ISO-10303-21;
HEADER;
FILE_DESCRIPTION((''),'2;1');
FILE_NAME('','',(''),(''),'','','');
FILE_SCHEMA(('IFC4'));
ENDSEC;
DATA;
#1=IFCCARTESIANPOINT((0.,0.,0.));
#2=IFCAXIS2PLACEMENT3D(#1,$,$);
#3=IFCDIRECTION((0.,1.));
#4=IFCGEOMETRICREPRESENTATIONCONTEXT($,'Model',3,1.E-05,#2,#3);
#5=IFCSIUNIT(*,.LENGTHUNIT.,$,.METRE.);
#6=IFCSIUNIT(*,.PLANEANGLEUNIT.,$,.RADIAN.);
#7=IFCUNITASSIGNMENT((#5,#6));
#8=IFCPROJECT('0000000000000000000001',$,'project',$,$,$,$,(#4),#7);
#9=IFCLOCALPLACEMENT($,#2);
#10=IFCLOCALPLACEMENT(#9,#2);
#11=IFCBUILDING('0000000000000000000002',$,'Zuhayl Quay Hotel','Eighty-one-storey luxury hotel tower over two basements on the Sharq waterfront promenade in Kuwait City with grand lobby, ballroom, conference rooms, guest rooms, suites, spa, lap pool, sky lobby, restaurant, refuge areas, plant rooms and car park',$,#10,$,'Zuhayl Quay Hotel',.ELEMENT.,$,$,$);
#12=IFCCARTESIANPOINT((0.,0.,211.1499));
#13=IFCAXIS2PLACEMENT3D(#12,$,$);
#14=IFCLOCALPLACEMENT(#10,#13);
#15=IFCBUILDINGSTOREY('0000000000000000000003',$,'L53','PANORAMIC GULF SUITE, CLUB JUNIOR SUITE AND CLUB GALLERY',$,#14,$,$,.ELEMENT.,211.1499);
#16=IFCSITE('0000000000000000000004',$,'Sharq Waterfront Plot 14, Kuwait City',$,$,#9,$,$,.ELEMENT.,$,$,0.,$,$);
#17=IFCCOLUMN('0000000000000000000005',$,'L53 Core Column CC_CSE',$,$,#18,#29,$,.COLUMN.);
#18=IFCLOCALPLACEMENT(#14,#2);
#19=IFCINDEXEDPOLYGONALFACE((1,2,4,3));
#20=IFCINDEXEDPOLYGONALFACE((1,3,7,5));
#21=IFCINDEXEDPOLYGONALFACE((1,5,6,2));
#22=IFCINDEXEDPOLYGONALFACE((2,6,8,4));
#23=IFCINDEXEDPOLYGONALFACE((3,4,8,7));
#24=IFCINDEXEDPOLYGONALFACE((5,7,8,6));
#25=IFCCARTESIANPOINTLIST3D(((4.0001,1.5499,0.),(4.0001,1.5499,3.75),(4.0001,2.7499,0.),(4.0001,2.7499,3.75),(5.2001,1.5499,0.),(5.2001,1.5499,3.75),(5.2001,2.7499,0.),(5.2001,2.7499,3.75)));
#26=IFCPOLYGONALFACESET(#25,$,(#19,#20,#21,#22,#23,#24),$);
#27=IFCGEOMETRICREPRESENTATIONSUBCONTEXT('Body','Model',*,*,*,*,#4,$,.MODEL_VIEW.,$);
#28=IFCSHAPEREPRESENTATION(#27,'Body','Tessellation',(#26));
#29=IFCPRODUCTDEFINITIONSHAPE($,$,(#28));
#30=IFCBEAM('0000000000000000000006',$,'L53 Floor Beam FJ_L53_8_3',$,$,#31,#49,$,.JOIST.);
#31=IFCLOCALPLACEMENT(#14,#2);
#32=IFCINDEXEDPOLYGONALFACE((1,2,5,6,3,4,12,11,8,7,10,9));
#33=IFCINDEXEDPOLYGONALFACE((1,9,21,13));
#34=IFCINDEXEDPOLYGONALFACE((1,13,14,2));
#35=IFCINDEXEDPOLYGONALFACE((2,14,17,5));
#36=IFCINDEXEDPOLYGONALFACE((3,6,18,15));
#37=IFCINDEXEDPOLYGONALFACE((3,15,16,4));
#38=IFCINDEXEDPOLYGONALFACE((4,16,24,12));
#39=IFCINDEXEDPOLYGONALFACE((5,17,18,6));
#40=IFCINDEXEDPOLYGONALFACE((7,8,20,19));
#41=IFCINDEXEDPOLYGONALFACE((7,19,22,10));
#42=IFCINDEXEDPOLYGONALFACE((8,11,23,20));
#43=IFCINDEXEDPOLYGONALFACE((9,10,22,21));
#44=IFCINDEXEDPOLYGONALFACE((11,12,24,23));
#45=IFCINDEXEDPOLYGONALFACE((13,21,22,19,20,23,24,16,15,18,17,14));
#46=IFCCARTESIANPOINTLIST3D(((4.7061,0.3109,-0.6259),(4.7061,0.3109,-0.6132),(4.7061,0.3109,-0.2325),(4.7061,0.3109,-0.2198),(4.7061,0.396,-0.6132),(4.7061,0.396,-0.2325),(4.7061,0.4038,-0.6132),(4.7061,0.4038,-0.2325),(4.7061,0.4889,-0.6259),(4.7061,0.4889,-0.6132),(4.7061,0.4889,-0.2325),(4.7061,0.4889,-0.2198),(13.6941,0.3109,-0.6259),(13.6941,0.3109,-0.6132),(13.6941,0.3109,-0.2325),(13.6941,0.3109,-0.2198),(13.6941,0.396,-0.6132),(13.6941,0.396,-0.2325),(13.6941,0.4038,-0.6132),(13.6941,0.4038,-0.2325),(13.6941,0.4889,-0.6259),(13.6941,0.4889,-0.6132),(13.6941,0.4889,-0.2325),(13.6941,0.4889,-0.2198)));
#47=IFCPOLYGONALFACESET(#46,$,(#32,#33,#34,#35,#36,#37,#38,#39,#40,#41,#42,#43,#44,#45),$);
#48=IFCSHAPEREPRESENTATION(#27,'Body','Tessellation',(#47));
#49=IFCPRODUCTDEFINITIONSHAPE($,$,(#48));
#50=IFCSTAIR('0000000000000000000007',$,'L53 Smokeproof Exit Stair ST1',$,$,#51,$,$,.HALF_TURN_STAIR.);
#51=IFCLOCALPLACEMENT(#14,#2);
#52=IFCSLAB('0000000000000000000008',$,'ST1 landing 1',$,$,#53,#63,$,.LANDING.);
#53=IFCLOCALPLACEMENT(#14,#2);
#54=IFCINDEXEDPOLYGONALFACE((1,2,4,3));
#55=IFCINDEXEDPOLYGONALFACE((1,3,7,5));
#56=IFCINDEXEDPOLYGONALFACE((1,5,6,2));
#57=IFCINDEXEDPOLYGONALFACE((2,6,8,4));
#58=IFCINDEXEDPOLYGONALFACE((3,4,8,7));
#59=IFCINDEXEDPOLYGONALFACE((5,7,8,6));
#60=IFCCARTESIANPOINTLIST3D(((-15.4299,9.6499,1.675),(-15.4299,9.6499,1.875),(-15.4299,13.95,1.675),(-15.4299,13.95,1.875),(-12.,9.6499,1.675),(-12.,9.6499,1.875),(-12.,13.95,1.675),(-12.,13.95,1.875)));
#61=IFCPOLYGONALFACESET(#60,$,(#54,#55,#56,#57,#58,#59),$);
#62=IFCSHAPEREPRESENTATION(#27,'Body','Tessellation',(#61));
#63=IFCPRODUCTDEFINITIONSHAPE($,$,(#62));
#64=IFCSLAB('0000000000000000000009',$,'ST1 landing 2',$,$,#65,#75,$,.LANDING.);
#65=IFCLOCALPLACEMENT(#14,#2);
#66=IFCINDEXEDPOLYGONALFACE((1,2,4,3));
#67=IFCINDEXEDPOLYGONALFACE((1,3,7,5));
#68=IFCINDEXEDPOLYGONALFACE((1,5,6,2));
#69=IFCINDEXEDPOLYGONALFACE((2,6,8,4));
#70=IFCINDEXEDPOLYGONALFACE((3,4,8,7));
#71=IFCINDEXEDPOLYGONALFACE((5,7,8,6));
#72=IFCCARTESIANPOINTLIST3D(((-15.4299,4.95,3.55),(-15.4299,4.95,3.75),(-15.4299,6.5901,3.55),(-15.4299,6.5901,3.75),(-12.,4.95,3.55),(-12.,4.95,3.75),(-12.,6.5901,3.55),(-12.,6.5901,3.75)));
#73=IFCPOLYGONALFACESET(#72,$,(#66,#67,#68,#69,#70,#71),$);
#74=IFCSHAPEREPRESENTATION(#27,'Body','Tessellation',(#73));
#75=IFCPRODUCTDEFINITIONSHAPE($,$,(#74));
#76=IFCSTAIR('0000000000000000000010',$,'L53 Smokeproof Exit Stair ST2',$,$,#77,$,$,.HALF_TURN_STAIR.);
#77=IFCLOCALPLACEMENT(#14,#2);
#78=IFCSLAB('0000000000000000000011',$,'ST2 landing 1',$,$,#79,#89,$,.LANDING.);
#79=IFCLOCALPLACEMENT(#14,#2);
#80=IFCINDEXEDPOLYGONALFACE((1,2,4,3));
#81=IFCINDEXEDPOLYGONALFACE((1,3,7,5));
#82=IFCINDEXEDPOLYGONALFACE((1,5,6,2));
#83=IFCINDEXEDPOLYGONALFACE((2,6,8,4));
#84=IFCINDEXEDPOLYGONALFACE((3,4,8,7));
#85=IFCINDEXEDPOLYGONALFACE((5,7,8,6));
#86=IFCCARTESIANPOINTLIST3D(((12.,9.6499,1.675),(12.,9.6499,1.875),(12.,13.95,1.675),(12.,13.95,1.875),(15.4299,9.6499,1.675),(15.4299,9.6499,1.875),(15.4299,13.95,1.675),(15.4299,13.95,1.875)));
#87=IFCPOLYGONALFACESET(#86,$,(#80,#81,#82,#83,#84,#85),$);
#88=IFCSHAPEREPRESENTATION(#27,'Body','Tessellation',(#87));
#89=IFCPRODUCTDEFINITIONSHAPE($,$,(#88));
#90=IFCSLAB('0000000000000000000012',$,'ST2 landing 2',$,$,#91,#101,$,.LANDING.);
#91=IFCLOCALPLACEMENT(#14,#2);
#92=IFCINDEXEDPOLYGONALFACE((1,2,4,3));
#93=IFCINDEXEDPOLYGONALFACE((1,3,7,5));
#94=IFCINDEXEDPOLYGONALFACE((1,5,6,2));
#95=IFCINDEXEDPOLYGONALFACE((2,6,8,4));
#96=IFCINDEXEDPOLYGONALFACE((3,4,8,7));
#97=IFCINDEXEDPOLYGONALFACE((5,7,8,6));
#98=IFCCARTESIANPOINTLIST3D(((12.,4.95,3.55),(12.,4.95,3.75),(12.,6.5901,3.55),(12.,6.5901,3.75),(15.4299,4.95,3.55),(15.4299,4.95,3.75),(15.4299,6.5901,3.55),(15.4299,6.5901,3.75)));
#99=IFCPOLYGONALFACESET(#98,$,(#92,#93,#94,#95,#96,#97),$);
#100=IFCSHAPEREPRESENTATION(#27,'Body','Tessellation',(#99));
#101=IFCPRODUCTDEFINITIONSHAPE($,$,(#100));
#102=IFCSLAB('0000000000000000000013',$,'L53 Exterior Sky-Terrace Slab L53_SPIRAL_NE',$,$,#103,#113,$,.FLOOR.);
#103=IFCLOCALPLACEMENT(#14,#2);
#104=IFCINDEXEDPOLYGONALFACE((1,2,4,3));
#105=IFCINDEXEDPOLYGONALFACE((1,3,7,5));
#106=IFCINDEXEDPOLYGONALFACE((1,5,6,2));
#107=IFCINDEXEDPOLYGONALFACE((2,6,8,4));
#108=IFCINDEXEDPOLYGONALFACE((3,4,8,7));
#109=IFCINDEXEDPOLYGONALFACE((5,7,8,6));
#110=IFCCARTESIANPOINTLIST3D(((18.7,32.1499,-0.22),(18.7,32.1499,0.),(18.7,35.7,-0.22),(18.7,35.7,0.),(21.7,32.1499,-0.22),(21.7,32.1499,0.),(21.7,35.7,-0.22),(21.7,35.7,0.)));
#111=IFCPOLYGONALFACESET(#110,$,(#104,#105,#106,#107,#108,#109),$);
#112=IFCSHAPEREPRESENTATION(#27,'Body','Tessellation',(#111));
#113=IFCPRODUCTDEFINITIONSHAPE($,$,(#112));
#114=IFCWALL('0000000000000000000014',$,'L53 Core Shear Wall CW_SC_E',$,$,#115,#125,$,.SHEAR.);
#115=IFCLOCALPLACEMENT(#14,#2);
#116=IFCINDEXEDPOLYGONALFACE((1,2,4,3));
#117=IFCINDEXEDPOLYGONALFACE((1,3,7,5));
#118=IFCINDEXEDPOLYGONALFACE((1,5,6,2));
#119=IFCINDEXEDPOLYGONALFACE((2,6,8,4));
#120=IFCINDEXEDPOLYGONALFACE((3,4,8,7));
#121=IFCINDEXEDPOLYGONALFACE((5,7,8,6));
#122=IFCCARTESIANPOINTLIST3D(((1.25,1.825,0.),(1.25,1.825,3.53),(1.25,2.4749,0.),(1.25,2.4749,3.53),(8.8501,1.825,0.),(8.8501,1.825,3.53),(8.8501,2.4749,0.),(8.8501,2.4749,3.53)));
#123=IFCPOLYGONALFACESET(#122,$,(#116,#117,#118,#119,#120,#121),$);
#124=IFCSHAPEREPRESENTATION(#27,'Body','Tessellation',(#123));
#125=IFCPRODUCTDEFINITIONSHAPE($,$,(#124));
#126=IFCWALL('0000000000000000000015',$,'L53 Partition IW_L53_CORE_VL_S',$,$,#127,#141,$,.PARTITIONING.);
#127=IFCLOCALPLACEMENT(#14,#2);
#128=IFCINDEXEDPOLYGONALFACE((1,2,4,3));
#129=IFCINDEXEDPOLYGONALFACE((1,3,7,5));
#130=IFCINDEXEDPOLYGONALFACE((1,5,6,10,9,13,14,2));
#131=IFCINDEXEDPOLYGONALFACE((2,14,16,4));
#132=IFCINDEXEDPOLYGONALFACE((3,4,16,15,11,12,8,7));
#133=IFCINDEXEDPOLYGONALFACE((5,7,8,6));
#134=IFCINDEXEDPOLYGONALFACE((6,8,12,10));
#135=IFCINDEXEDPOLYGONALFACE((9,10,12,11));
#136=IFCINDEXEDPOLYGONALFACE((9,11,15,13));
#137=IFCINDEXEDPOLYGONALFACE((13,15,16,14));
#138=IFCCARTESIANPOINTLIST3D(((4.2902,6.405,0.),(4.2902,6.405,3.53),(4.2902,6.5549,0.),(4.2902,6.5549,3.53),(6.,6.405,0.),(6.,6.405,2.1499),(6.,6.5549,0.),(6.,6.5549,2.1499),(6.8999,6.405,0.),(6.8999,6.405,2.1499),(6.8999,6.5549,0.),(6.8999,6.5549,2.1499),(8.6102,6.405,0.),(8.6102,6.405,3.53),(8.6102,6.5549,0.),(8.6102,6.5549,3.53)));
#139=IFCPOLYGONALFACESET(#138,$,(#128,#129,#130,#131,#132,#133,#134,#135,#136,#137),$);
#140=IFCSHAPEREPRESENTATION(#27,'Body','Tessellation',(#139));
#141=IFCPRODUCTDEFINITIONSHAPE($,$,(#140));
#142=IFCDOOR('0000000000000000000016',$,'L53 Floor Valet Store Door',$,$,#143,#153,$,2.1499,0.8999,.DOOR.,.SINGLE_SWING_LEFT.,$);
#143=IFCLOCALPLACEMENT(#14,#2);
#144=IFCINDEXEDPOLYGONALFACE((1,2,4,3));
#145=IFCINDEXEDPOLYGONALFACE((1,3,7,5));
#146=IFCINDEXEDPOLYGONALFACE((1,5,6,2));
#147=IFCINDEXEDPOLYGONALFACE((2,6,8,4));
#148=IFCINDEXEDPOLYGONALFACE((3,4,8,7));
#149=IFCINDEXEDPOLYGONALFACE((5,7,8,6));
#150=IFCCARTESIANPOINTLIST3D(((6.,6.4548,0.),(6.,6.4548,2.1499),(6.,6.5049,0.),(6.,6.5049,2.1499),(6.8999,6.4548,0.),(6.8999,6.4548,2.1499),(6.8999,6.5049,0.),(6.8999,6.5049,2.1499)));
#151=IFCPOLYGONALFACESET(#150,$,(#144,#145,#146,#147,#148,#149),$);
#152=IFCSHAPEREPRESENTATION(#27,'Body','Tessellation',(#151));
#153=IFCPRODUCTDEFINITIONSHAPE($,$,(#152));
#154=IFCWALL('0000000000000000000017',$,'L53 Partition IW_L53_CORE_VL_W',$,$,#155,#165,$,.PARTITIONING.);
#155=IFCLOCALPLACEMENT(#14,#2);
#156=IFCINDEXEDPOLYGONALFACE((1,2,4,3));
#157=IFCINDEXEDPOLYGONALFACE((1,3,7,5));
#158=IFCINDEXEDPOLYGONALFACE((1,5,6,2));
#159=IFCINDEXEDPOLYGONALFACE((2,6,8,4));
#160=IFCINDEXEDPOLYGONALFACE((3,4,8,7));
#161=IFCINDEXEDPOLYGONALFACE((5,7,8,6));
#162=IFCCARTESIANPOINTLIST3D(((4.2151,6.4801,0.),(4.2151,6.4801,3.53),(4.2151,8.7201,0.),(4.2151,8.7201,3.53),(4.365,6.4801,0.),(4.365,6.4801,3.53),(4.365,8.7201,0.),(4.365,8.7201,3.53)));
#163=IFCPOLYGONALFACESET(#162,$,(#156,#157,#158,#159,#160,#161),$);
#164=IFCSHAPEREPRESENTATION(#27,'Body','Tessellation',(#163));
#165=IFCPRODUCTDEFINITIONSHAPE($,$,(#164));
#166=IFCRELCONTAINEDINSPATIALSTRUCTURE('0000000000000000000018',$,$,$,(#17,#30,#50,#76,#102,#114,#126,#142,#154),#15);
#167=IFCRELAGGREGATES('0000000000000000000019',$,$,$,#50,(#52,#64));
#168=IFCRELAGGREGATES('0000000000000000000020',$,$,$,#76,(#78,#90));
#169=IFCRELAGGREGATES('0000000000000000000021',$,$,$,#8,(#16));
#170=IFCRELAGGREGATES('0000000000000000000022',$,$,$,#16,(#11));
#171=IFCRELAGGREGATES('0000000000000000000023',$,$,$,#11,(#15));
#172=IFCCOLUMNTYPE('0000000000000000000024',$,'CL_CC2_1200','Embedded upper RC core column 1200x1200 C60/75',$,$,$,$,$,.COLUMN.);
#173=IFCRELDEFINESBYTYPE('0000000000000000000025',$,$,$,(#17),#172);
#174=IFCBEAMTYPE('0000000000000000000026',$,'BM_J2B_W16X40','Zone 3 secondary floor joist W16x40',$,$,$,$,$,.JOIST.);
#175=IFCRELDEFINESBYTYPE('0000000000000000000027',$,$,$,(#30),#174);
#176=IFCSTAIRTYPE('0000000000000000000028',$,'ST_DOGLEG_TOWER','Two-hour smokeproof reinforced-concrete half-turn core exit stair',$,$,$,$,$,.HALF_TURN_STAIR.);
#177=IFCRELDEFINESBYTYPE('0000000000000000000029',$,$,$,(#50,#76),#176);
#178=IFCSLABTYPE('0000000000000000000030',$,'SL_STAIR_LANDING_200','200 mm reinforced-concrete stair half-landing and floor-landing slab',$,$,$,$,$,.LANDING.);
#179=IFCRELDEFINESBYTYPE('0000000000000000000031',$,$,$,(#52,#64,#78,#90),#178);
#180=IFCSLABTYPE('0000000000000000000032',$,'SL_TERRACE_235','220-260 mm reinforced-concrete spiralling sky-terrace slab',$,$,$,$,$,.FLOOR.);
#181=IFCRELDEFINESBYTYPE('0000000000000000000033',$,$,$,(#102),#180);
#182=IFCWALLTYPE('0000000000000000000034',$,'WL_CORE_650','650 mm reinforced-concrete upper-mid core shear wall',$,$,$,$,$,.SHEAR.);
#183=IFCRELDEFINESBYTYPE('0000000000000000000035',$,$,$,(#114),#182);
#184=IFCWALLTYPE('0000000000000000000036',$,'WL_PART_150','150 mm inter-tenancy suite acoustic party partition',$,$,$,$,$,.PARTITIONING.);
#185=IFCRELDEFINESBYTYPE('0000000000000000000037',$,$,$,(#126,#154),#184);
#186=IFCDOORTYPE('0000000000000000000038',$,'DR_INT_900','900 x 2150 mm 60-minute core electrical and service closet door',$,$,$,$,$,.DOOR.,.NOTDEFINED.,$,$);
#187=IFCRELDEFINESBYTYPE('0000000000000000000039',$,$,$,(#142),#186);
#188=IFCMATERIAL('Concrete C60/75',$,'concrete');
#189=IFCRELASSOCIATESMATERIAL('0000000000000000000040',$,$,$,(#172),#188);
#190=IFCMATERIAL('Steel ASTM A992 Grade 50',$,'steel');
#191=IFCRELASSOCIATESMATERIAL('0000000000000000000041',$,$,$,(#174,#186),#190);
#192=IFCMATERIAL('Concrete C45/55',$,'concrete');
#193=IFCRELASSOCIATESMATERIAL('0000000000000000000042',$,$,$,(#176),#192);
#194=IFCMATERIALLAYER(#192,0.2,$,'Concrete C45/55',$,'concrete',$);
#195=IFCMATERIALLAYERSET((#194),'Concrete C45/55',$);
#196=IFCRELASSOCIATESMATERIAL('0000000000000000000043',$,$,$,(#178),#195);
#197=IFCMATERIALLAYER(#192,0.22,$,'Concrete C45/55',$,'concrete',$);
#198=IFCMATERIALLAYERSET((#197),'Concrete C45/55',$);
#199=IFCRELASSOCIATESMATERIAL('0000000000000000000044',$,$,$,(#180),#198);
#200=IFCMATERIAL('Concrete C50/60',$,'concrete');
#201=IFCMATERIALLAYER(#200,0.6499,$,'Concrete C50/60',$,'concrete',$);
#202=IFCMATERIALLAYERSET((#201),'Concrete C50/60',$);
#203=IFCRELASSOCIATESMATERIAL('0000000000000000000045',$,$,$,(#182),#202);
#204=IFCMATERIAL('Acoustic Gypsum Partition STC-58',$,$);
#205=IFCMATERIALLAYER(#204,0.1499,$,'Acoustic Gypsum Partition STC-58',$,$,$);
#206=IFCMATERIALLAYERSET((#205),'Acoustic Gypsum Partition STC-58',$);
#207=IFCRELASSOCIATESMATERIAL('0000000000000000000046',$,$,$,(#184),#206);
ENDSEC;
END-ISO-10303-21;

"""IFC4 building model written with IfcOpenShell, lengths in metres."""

from ifc_helpers import new_model, si_unit, direction, frame, frame_2d, origin, origin_2d, place, context, subcontext, project, spatial, polyline, rectangle, i_section, outline, extrude, material, layer, layer_set, material_profile, profile_set, type_object, element, fill, aggregate, save


model = new_model("IFC4")

# Units and contexts
model_context = context("Model", 3, precision=1e-05, world=origin(), true_north=direction((0.0, 1.0)))
body_context = subcontext(model_context, "Body", "Model", "MODEL_VIEW")
ifc_project = project(units=[si_unit("LENGTHUNIT", "METRE"), si_unit("PLANEANGLEUNIT", "RADIAN")], contexts=[model_context])

# Site, building, storey
site_placement = place(None, origin())
site = spatial("IfcSite", under=ifc_project, at=site_placement, Name="Sharq Waterfront Plot 14, Kuwait City", CompositionType="ELEMENT", RefElevation=0.0)
building_placement = place(site_placement, origin())
building = spatial("IfcBuilding", under=site, at=building_placement, Name="Zuhayl Quay Hotel", Description="Eighty-one-storey luxury hotel tower over two basements on the Sharq waterfront promenade in Kuwait City with grand lobby, ballroom, conference rooms, guest rooms, suites, spa, lap pool, sky lobby, restaurant, refuge areas, plant rooms and car park", LongName="Zuhayl Quay Hotel", CompositionType="ELEMENT")
storey_placement = place(building_placement, frame((0.0, 0.0, 211.1499)))
storey = spatial("IfcBuildingStorey", under=building, at=storey_placement, Name="L53", Description="PANORAMIC GULF SUITE, CLUB JUNIOR SUITE AND CLUB GALLERY", CompositionType="ELEMENT", Elevation=211.1499)

# Column
ifc_material_1 = material(Name="Concrete C60/75", Category="concrete")
ifc_material_profile_1 = material_profile(ifc_material_1, rectangle(XDim=1.2, YDim=1.2, at=origin_2d()), Name="RC1200X1200")
ifc_profile_set_1 = profile_set([ifc_material_profile_1], Name="Concrete C60/75")
column_type = type_object("IfcColumnType", Name="CL_CC2_1200", Description="Embedded upper RC core column 1200x1200 C60/75", PredefinedType="COLUMN", material=ifc_profile_set_1)
column_placement = place(storey_placement, frame((4.6001, 2.1499, 0.0), z_axis=(0.0, 0.0, 1.0), x_axis=(1.0, 0.0, 0.0)))
element("IfcColumn", 1, at=column_placement, inside=storey, type_object=column_type, Name="L53 Core Column CC_CSE", PredefinedType="COLUMN", context=body_context, shape_type="SweptSolid", body=[
    extrude(rectangle(XDim=1.2, YDim=1.2, at=origin_2d()), origin(), (0.0, 0.0, 1.0), 3.75),
])

# Beam
ifc_material_2 = material(Name="Steel ASTM A992 Grade 50", Category="steel")
ifc_material_profile_2 = material_profile(ifc_material_2, i_section(OverallWidth=0.178, OverallDepth=0.406, WebThickness=0.0078, FlangeThickness=0.0127, at=origin_2d()), Name="W16X40")
ifc_profile_set_2 = profile_set([ifc_material_profile_2], Name="Steel ASTM A992 Grade 50")
beam_type = type_object("IfcBeamType", Name="BM_J2B_W16X40", Description="Zone 3 secondary floor joist W16x40", PredefinedType="JOIST", material=ifc_profile_set_2)
beam_placement = place(storey_placement, frame((4.7061, 0.3999, -0.4229), z_axis=(1.0, 0.0, 0.0), x_axis=(0.0, 1.0, 0.0)))
element("IfcBeam", 2, at=beam_placement, inside=storey, type_object=beam_type, Name="L53 Floor Beam FJ_L53_8_3", PredefinedType="JOIST", context=body_context, shape_type="SweptSolid", body=[
    extrude(i_section(OverallWidth=0.178, OverallDepth=0.406, WebThickness=0.0078, FlangeThickness=0.0127, at=origin_2d()), origin(), (0.0, 0.0, 1.0), 8.988),
])

# Stairs, slabs
ifc_material_3 = material(Name="Concrete C45/55", Category="concrete")
stair_type = type_object("IfcStairType", Name="ST_DOGLEG_TOWER", Description="Two-hour smokeproof reinforced-concrete half-turn core exit stair", PredefinedType="HALF_TURN_STAIR", material=ifc_material_3)
stair_1_placement = place(storey_placement, origin())
stair_1 = element("IfcStair", 3, at=stair_1_placement, inside=storey, type_object=stair_type, Name="L53 Smokeproof Exit Stair ST1", PredefinedType="HALF_TURN_STAIR")
ifc_layer_1 = layer(ifc_material_3, 0.2, Name="Concrete C45/55", Category="concrete")
ifc_layer_set_1 = layer_set([ifc_layer_1], Name="Concrete C45/55")
slab_type_1 = type_object("IfcSlabType", Name="SL_STAIR_LANDING_200", Description="200 mm reinforced-concrete stair half-landing and floor-landing slab", PredefinedType="LANDING", material=ifc_layer_set_1)
slab_1_placement = place(storey_placement, frame((0.0, 0.0, 1.675)))
slab_1 = element("IfcSlab", 4, at=slab_1_placement, type_object=slab_type_1, Name="ST1 landing 1", PredefinedType="LANDING", context=body_context, shape_type="SweptSolid", body=[
    extrude(outline(polyline([(-12.0, 9.6499), (-12.0, 13.95), (-15.4299, 13.95), (-15.4299, 9.6499), (-12.0, 9.6499)])), origin(), (0.0, 0.0, 1.0), 0.2),
])
slab_2_placement = place(storey_placement, frame((0.0, 0.0, 3.55)))
slab_2 = element("IfcSlab", 5, at=slab_2_placement, type_object=slab_type_1, Name="ST1 landing 2", PredefinedType="LANDING", context=body_context, shape_type="SweptSolid", body=[
    extrude(outline(polyline([(-12.0, 4.95), (-12.0, 6.5901), (-15.4299, 6.5901), (-15.4299, 4.95), (-12.0, 4.95)])), origin(), (0.0, 0.0, 1.0), 0.2),
])
aggregate(stair_1, [slab_1, slab_2])
stair_2_placement = place(storey_placement, origin())
stair_2 = element("IfcStair", 6, at=stair_2_placement, inside=storey, type_object=stair_type, Name="L53 Smokeproof Exit Stair ST2", PredefinedType="HALF_TURN_STAIR")
slab_3_placement = place(storey_placement, frame((0.0, 0.0, 1.675)))
slab_3 = element("IfcSlab", 7, at=slab_3_placement, type_object=slab_type_1, Name="ST2 landing 1", PredefinedType="LANDING", context=body_context, shape_type="SweptSolid", body=[
    extrude(outline(polyline([(15.4299, 9.6499), (15.4299, 13.95), (12.0, 13.95), (12.0, 9.6499), (15.4299, 9.6499)])), origin(), (0.0, 0.0, 1.0), 0.2),
])
slab_4_placement = place(storey_placement, frame((0.0, 0.0, 3.55)))
slab_4 = element("IfcSlab", 8, at=slab_4_placement, type_object=slab_type_1, Name="ST2 landing 2", PredefinedType="LANDING", context=body_context, shape_type="SweptSolid", body=[
    extrude(outline(polyline([(15.4299, 4.95), (15.4299, 6.5901), (12.0, 6.5901), (12.0, 4.95), (15.4299, 4.95)])), origin(), (0.0, 0.0, 1.0), 0.2),
])
aggregate(stair_2, [slab_3, slab_4])

# Slab
ifc_layer_2 = layer(ifc_material_3, 0.22, Name="Concrete C45/55", Category="concrete")
ifc_layer_set_2 = layer_set([ifc_layer_2], Name="Concrete C45/55")
slab_type_2 = type_object("IfcSlabType", Name="SL_TERRACE_235", Description="220-260 mm reinforced-concrete spiralling sky-terrace slab", PredefinedType="FLOOR", material=ifc_layer_set_2)
slab_5_placement = place(storey_placement, frame((0.0, 0.0, -0.22)))
element("IfcSlab", 9, at=slab_5_placement, inside=storey, type_object=slab_type_2, Name="L53 Exterior Sky-Terrace Slab L53_SPIRAL_NE", PredefinedType="FLOOR", context=body_context, shape_type="SweptSolid", body=[
    extrude(outline(polyline([(18.7, 32.1499), (21.7, 32.1499), (21.7, 35.7), (18.7, 35.7), (18.7, 32.1499)])), origin(), (0.0, 0.0, 1.0), 0.22),
])

# Wall
ifc_material_4 = material(Name="Concrete C50/60", Category="concrete")
ifc_layer_3 = layer(ifc_material_4, 0.6499, Name="Concrete C50/60", Category="concrete")
ifc_layer_set_3 = layer_set([ifc_layer_3], Name="Concrete C50/60")
wall_type_1 = type_object("IfcWallType", Name="WL_CORE_650", Description="650 mm reinforced-concrete upper-mid core shear wall", PredefinedType="SHEAR", material=ifc_layer_set_3)
wall_1_placement = place(storey_placement, frame((1.25, 2.1499, 0.0), z_axis=(0.0, 0.0, 1.0), x_axis=(1.0, 0.0, 0.0)))
element("IfcWall", 10, at=wall_1_placement, inside=storey, type_object=wall_type_1, Name="L53 Core Shear Wall CW_SC_E", PredefinedType="SHEAR", context=body_context, shape_type="SweptSolid", body=[
    extrude(rectangle(XDim=7.6001, YDim=0.6499, at=frame_2d((3.8, 0.0))), origin(), (0.0, 0.0, 1.0), 3.53),
])

# Wall, opening, door
ifc_material_5 = material(Name="Acoustic Gypsum Partition STC-58")
ifc_layer_4 = layer(ifc_material_5, 0.1499, Name="Acoustic Gypsum Partition STC-58")
ifc_layer_set_4 = layer_set([ifc_layer_4], Name="Acoustic Gypsum Partition STC-58")
wall_type_2 = type_object("IfcWallType", Name="WL_PART_150", Description="150 mm inter-tenancy suite acoustic party partition", PredefinedType="PARTITIONING", material=ifc_layer_set_4)
wall_2_placement = place(storey_placement, frame((4.29, 6.48, 0.0), z_axis=(0.0, 0.0, 1.0), x_axis=(1.0, 0.0, 0.0)))
wall_2 = element("IfcWall", 11, at=wall_2_placement, inside=storey, type_object=wall_type_2, Name="L53 Partition IW_L53_CORE_VL_S", PredefinedType="PARTITIONING", context=body_context, shape_type="SweptSolid", body=[
    extrude(rectangle(XDim=4.3201, YDim=0.1499, at=frame_2d((2.1602, 0.0))), origin(), (0.0, 0.0, 1.0), 3.53),
])
opening_1_placement = place(wall_2_placement, frame((1.71, 0.0, 0.0)))
opening_1 = element("IfcOpeningElement", 12, at=opening_1_placement, cuts=wall_2, PredefinedType="OPENING", context=body_context, shape_type="SweptSolid", body=[
    extrude(rectangle(XDim=0.8999, YDim=2.1499, at=frame_2d((0.45, 1.075))), frame((0.0, 0.085, 0.0), z_axis=(0.0, -1.0, 0.0), x_axis=(1.0, 0.0, 0.0)), (0.0, 0.0, 1.0), 0.1699),
])
door_type_1 = type_object("IfcDoorType", Name="DR_INT_900", Description="900 x 2150 mm 60-minute core electrical and service closet door", OperationType="NOTDEFINED", PredefinedType="DOOR", material=ifc_material_2)
door_1_placement = place(opening_1_placement, origin())
door_1 = element("IfcDoor", 13, at=door_1_placement, inside=storey, type_object=door_type_1, Name="L53 Floor Valet Store Door", OperationType="SINGLE_SWING_LEFT", OverallHeight=2.1499, OverallWidth=0.8999, PredefinedType="DOOR", context=body_context, shape_type="SweptSolid", body=[
    extrude(rectangle(XDim=0.8999, YDim=2.1499, at=frame_2d((0.45, 1.075))), frame((0.0, 0.0249, 0.0), z_axis=(0.0, -1.0, 0.0), x_axis=(1.0, 0.0, 0.0)), (0.0, 0.0, 1.0), 0.05),
])
fill(opening_1, door_1)

# Wall
wall_3_placement = place(storey_placement, frame((4.29, 6.48, 0.0), z_axis=(0.0, 0.0, 1.0), x_axis=(0.0, 1.0, 0.0)))
element("IfcWall", 14, at=wall_3_placement, inside=storey, type_object=wall_type_2, Name="L53 Partition IW_L53_CORE_VL_W", PredefinedType="PARTITIONING", context=body_context, shape_type="SweptSolid", body=[
    extrude(rectangle(XDim=2.24, YDim=0.1499, at=frame_2d((1.1201, 0.0))), origin(), (0.0, 0.0, 1.0), 3.53),
])

save(model, "model.ifc")
